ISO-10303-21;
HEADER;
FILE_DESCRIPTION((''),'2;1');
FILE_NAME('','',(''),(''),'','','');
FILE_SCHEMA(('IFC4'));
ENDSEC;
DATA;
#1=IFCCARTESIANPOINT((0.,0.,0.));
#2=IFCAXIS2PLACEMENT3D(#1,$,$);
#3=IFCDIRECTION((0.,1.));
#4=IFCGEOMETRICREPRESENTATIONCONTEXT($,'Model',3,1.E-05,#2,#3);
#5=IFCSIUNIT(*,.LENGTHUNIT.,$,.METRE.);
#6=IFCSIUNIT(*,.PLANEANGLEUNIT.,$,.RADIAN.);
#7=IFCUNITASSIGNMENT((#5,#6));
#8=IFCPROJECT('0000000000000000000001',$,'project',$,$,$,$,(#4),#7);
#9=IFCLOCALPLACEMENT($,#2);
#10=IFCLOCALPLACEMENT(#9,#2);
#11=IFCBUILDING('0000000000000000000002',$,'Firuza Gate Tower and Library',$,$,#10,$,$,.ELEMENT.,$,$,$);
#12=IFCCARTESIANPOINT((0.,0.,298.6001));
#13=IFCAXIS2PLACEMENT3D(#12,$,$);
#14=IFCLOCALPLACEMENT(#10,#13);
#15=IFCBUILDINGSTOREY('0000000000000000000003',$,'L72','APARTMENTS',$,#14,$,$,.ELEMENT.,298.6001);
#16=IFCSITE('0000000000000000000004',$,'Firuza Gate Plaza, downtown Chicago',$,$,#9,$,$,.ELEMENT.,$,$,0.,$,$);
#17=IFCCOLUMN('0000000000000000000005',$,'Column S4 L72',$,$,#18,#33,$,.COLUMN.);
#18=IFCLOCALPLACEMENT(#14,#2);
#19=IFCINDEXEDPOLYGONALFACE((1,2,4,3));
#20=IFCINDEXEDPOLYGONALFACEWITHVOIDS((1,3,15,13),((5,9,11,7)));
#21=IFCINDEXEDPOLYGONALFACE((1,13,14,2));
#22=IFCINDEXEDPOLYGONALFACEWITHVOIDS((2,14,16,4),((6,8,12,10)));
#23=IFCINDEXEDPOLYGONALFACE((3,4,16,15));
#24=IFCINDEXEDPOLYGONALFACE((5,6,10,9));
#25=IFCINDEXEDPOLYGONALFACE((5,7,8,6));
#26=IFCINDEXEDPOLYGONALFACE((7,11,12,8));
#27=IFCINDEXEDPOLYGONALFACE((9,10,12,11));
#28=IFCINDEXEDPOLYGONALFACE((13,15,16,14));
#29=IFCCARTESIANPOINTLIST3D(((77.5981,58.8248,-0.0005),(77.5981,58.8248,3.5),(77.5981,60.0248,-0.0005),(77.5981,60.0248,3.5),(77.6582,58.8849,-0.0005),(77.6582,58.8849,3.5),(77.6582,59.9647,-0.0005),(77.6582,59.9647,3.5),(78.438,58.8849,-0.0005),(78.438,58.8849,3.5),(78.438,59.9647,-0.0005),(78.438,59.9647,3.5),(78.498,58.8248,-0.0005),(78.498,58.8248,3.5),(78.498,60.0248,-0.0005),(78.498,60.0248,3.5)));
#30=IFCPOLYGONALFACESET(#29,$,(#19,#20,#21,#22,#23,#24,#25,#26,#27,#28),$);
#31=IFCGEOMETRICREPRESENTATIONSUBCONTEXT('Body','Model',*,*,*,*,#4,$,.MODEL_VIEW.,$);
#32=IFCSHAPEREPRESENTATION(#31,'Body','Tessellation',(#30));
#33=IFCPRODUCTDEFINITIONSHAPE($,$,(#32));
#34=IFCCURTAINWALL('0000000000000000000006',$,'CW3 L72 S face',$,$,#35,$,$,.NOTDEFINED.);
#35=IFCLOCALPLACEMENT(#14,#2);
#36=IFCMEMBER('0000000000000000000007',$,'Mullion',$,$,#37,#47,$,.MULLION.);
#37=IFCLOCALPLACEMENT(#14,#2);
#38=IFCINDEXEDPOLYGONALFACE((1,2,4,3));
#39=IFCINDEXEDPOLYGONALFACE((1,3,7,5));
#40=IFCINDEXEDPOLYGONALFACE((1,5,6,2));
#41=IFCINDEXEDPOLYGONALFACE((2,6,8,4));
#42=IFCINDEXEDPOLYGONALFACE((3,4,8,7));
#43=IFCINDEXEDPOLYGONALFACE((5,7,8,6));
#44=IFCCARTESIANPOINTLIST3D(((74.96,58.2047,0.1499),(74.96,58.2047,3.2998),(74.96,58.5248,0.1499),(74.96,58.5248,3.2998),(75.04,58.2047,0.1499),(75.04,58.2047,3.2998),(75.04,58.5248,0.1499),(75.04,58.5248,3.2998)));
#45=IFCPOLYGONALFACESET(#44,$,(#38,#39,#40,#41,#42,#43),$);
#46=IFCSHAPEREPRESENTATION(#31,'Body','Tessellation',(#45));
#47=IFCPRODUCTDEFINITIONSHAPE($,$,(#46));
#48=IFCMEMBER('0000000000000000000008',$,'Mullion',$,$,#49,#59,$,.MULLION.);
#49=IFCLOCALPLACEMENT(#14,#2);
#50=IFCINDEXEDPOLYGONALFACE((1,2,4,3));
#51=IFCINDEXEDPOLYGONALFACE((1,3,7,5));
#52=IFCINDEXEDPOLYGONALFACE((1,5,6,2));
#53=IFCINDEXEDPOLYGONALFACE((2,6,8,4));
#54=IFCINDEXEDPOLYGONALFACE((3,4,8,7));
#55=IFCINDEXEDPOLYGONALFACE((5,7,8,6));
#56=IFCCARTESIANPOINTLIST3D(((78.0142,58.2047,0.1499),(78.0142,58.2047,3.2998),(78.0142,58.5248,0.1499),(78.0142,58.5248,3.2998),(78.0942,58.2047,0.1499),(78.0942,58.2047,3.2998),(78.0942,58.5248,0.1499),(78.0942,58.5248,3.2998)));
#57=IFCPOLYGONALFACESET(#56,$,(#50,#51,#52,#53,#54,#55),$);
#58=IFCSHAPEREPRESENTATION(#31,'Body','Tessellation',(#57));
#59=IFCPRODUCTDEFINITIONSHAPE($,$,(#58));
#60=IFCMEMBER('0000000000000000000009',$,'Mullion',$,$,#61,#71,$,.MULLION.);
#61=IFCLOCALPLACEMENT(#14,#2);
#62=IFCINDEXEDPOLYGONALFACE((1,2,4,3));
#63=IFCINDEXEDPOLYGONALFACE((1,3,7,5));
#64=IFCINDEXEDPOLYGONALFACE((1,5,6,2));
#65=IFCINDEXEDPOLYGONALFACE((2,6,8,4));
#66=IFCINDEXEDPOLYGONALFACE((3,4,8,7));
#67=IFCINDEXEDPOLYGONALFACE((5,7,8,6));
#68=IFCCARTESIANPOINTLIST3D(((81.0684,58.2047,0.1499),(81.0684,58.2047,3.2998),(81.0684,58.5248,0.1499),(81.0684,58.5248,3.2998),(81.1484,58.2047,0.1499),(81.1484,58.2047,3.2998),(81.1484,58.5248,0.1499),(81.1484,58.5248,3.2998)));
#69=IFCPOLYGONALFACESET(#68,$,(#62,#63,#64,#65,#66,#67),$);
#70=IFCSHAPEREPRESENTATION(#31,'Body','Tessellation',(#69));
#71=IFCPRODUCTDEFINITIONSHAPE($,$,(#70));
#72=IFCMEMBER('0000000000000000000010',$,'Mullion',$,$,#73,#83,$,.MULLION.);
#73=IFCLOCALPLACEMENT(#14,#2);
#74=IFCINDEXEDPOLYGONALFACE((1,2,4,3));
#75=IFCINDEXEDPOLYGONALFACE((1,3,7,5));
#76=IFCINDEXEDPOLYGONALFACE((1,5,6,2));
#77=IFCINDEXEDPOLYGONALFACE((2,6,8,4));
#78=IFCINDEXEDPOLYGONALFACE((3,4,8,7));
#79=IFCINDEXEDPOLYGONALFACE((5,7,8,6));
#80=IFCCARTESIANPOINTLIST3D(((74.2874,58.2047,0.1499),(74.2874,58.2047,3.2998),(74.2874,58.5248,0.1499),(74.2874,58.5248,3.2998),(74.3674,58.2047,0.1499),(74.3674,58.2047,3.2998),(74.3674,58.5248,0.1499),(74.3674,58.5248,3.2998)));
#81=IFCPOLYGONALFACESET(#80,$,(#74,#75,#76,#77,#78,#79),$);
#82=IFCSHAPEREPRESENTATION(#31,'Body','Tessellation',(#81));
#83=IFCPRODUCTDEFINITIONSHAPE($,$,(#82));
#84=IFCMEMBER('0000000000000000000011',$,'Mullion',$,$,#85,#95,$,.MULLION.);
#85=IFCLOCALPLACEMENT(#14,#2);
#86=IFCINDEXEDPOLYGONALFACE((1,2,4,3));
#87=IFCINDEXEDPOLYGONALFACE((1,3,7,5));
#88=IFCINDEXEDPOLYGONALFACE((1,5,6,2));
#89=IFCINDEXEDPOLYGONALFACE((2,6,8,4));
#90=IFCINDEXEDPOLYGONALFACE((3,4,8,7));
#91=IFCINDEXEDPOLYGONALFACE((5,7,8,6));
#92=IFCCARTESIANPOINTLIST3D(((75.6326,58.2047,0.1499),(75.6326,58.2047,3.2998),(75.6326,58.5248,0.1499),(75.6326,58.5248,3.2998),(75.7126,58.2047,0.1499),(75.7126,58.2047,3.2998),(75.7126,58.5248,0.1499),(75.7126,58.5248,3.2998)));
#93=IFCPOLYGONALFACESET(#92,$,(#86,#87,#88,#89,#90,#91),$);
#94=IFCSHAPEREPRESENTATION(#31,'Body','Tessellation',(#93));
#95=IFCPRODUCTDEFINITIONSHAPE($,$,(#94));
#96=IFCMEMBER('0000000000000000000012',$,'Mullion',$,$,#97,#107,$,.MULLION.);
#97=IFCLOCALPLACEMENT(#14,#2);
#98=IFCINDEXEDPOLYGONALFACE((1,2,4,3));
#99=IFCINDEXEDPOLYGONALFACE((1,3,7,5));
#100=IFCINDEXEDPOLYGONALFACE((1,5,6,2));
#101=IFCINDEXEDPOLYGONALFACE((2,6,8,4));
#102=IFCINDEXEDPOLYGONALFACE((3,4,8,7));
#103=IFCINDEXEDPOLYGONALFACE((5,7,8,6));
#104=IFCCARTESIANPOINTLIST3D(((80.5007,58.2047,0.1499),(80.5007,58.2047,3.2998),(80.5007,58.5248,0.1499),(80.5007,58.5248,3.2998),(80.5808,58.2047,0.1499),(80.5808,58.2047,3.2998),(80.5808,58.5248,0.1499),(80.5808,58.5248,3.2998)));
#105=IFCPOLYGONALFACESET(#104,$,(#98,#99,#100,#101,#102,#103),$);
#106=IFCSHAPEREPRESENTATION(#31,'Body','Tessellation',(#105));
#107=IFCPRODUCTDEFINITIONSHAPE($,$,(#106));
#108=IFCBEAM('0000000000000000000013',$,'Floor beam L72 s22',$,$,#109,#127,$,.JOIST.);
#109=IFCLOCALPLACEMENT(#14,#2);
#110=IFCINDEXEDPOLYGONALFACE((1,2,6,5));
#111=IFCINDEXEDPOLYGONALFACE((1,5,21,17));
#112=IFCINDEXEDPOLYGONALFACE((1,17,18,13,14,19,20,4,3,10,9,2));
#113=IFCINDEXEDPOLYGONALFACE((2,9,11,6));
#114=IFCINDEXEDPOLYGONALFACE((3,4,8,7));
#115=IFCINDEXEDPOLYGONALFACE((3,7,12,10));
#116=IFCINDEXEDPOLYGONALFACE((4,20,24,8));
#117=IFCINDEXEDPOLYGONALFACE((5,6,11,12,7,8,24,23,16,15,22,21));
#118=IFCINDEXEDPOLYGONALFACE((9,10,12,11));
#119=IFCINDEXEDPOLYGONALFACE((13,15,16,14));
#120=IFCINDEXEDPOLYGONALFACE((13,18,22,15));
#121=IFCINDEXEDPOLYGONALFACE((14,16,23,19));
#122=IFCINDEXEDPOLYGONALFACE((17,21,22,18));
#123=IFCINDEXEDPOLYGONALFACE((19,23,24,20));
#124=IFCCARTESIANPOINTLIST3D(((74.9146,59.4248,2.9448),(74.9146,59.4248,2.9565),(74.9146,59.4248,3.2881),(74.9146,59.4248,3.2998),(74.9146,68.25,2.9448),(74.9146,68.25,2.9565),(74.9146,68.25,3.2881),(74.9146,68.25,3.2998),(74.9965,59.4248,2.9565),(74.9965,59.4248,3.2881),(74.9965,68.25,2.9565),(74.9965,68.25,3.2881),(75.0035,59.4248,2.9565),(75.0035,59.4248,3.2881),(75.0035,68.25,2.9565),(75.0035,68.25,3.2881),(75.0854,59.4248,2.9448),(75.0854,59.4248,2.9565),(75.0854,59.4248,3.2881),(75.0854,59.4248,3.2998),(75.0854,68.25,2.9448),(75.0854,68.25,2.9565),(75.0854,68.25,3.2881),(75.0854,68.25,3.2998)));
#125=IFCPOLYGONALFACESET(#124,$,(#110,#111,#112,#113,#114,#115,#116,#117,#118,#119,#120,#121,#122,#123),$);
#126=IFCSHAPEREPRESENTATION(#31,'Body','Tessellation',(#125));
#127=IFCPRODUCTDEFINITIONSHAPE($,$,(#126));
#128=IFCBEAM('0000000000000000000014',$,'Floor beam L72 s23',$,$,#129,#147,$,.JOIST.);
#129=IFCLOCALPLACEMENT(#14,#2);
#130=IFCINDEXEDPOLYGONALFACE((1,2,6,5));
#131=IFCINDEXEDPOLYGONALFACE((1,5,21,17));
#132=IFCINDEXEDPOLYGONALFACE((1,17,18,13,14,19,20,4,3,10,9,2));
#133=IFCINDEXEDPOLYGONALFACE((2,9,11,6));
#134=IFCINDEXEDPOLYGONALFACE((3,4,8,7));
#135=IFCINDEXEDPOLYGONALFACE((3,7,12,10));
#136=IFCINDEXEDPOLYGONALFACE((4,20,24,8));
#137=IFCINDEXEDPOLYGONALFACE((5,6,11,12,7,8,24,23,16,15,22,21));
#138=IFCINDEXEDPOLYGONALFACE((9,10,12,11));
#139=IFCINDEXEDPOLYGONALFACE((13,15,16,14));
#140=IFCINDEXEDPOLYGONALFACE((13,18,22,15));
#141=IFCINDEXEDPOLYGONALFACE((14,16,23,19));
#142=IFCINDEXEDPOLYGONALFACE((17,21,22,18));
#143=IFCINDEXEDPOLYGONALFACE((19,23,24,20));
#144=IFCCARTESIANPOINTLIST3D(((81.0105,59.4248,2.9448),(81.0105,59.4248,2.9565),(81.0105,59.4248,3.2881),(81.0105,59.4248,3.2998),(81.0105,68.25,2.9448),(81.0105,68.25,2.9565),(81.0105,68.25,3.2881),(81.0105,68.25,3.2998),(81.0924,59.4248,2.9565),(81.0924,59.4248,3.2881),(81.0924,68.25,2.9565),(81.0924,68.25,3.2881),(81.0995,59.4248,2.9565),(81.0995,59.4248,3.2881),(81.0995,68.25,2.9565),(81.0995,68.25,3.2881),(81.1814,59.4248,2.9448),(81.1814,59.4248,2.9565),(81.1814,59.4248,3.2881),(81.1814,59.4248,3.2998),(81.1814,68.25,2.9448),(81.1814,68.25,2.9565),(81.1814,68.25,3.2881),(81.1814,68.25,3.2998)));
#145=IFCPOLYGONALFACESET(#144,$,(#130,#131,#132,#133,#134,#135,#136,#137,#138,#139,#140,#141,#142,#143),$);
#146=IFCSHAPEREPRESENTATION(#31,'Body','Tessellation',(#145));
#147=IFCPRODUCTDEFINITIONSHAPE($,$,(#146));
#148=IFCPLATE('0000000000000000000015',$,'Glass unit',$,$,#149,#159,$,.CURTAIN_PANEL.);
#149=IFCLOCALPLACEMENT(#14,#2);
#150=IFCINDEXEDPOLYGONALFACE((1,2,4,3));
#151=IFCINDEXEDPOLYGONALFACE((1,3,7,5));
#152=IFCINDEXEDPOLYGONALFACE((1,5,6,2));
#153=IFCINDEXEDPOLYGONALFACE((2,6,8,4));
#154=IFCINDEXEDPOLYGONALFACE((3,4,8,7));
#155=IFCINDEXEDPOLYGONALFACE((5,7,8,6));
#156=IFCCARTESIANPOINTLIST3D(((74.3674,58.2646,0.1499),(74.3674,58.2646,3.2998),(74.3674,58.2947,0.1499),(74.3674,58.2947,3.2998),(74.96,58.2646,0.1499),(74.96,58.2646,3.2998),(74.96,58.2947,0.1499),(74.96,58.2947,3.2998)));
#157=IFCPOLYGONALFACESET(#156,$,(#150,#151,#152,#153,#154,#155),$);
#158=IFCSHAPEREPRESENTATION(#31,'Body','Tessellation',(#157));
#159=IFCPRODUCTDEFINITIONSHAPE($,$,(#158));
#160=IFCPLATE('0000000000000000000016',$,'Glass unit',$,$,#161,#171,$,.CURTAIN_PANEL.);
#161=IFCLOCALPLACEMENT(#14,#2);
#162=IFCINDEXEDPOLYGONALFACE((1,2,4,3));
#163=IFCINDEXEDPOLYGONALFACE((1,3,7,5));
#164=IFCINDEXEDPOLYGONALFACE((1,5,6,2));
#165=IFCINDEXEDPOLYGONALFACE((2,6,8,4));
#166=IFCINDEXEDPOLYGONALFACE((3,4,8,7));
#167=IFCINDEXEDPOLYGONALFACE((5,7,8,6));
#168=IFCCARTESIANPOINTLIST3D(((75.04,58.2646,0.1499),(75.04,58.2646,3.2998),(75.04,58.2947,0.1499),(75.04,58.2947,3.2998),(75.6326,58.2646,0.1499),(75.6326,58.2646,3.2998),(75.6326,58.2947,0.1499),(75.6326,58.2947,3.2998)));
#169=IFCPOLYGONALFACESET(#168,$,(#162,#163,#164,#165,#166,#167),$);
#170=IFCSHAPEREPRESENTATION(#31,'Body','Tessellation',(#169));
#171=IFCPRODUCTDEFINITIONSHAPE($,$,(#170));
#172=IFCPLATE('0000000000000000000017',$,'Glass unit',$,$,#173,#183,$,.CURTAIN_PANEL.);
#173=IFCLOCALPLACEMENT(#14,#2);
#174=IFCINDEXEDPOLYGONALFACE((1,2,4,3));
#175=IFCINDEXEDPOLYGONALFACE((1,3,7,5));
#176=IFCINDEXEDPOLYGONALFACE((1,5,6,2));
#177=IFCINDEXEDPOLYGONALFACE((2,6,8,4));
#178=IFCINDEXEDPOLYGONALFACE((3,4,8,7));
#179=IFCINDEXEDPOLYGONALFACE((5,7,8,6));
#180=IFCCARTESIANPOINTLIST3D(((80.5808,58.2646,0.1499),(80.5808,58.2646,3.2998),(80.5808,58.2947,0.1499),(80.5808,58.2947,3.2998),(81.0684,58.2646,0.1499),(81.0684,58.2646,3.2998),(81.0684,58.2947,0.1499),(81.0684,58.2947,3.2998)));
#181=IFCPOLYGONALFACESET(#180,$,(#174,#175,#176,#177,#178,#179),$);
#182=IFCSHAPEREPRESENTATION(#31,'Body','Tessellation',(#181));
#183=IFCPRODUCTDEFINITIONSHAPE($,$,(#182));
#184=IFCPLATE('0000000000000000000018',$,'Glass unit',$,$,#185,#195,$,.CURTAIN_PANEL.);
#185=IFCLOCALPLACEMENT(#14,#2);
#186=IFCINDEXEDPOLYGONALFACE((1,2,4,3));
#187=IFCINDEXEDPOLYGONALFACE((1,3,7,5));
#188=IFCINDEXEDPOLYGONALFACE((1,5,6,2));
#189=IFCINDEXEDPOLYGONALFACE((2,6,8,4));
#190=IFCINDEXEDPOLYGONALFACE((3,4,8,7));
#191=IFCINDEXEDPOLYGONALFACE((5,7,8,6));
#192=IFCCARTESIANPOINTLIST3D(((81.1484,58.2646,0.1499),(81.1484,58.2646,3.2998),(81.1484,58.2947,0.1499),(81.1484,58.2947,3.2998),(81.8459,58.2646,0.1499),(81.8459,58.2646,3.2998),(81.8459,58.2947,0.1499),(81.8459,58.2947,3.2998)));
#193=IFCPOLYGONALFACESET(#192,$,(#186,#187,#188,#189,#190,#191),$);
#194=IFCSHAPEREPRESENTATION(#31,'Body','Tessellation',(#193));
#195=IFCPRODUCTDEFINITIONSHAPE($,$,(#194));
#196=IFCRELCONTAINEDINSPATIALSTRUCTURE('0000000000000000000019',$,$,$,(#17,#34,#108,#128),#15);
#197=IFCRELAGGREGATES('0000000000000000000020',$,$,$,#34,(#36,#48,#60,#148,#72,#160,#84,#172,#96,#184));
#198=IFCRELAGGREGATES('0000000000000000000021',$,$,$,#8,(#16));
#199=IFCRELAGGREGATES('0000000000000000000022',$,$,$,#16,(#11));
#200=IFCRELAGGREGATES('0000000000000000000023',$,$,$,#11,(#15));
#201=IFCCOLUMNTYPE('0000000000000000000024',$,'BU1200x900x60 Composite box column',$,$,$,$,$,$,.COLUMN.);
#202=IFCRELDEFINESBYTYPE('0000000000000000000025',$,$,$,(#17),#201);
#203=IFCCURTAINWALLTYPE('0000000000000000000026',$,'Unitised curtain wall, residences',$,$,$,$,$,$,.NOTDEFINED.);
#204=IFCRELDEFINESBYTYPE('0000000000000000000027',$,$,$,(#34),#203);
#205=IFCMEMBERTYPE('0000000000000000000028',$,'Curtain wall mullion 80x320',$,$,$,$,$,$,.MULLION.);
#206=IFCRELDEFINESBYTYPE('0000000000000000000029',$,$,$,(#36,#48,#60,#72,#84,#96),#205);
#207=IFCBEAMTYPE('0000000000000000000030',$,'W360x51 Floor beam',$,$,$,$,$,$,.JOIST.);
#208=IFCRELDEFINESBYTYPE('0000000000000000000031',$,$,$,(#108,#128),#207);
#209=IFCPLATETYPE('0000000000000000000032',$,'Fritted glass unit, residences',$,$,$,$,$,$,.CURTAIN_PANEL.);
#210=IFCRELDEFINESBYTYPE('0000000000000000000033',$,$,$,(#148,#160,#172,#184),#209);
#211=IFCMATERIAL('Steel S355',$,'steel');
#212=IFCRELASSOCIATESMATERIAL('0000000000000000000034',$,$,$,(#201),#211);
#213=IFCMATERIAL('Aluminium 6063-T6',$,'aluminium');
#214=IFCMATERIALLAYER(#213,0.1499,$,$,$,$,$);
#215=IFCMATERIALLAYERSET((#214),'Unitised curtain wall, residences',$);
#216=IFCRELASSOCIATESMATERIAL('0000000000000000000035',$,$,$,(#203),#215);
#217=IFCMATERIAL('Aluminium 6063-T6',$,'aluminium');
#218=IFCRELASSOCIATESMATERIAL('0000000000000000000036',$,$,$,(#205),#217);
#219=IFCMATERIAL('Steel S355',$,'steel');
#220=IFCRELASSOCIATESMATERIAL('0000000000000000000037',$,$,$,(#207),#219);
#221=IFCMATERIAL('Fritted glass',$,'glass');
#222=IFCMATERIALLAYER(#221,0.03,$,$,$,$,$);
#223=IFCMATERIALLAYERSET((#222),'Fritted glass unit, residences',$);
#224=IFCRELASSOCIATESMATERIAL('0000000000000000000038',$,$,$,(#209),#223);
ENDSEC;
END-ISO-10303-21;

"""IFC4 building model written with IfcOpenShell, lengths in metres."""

from ifc_helpers import new_model, si_unit, direction, frame, origin, origin_2d, place, context, subcontext, project, spatial, polyline, rectangle, hollow_rectangle, i_section, outline, extrude, material, layer, layer_set, material_profile, profile_set, type_object, element, aggregate, save


model = new_model("IFC4")

# Units and contexts
model_context = context("Model", 3, precision=1e-05, world=origin(), true_north=direction((0.0, 1.0)))
body_context = subcontext(model_context, "Body", "Model", "MODEL_VIEW")
ifc_project = project(units=[si_unit("LENGTHUNIT", "METRE"), si_unit("PLANEANGLEUNIT", "RADIAN")], contexts=[model_context])

# Site, building, storey
site_placement = place(None, origin())
site = spatial("IfcSite", under=ifc_project, at=site_placement, Name="Firuza Gate Plaza, downtown Chicago", CompositionType="ELEMENT", RefElevation=0.0)
building_placement = place(site_placement, origin())
building = spatial("IfcBuilding", under=site, at=building_placement, Name="Firuza Gate Tower and Library", CompositionType="ELEMENT")
storey_placement = place(building_placement, frame((0.0, 0.0, 298.6001)))
storey = spatial("IfcBuildingStorey", under=building, at=storey_placement, Name="L72", Description="APARTMENTS", CompositionType="ELEMENT", Elevation=298.6001)

# Column
ifc_material_1 = material(Name="Steel S355", Category="steel")
ifc_material_profile_1 = material_profile(ifc_material_1, hollow_rectangle(XDim=0.8999, YDim=1.2, WallThickness=0.0601, at=origin_2d()))
ifc_profile_set_1 = profile_set([ifc_material_profile_1], Name="Steel S355")
column_type = type_object("IfcColumnType", Name="BU1200x900x60 Composite box column", PredefinedType="COLUMN", material=ifc_profile_set_1)
column_placement = place(storey_placement, frame((78.0481, 59.4248, -0.0005), z_axis=(0.0, 0.0, 1.0), x_axis=(1.0, 0.0, 0.0)))
element("IfcColumn", 1, at=column_placement, inside=storey, type_object=column_type, Name="Column S4 L72", PredefinedType="COLUMN", context=body_context, shape_type="SweptSolid", body=[
    extrude(hollow_rectangle(XDim=0.8999, YDim=1.2, WallThickness=0.0601, at=origin_2d()), origin(), (0.0, 0.0, 1.0), 3.5005),
])

# Curtain wall, members
ifc_material_2 = material(Name="Aluminium 6063-T6", Category="aluminium")
ifc_layer_1 = layer(ifc_material_2, 0.1499)
ifc_layer_set_1 = layer_set([ifc_layer_1], Name="Unitised curtain wall, residences")
curtain_wall_type = type_object("IfcCurtainWallType", Name="Unitised curtain wall, residences", PredefinedType="NOTDEFINED", material=ifc_layer_set_1)
curtain_wall_placement = place(storey_placement, origin())
curtain_wall = element("IfcCurtainWall", 2, at=curtain_wall_placement, inside=storey, type_object=curtain_wall_type, Name="CW3 L72 S face", PredefinedType="NOTDEFINED")
ifc_material_3 = material(Name="Aluminium 6063-T6", Category="aluminium")
ifc_material_profile_2 = material_profile(ifc_material_3, rectangle(XDim=0.3201, YDim=0.0801, at=origin_2d()))
ifc_profile_set_2 = profile_set([ifc_material_profile_2], Name="Aluminium 6063-T6")
member_type = type_object("IfcMemberType", Name="Curtain wall mullion 80x320", PredefinedType="MULLION", material=ifc_profile_set_2)
member_1_placement = place(storey_placement, frame((75.0, 58.3647, 0.1499), z_axis=(0.0, 0.0, 1.0), x_axis=(0.0, 1.0, 0.0)))
member_1 = element("IfcMember", 3, at=member_1_placement, type_object=member_type, Name="Mullion", PredefinedType="MULLION", context=body_context, shape_type="SweptSolid", body=[
    extrude(rectangle(XDim=0.3201, YDim=0.0801, at=origin_2d()), origin(), (0.0, 0.0, 1.0), 3.1499),
])
member_2_placement = place(storey_placement, frame((78.0542, 58.3647, 0.1499), z_axis=(0.0, 0.0, 1.0), x_axis=(0.0, 1.0, 0.0)))
member_2 = element("IfcMember", 4, at=member_2_placement, type_object=member_type, Name="Mullion", PredefinedType="MULLION", context=body_context, shape_type="SweptSolid", body=[
    extrude(rectangle(XDim=0.3201, YDim=0.0801, at=origin_2d()), origin(), (0.0, 0.0, 1.0), 3.1499),
])
member_3_placement = place(storey_placement, frame((81.1084, 58.3647, 0.1499), z_axis=(0.0, 0.0, 1.0), x_axis=(0.0, 1.0, 0.0)))
member_3 = element("IfcMember", 5, at=member_3_placement, type_object=member_type, Name="Mullion", PredefinedType="MULLION", context=body_context, shape_type="SweptSolid", body=[
    extrude(rectangle(XDim=0.3201, YDim=0.0801, at=origin_2d()), origin(), (0.0, 0.0, 1.0), 3.1499),
])
member_4_placement = place(storey_placement, frame((74.3274, 58.3647, 0.1499), z_axis=(0.0, 0.0, 1.0), x_axis=(0.0, 1.0, 0.0)))
member_4 = element("IfcMember", 6, at=member_4_placement, type_object=member_type, Name="Mullion", PredefinedType="MULLION", context=body_context, shape_type="SweptSolid", body=[
    extrude(rectangle(XDim=0.3201, YDim=0.0801, at=origin_2d()), origin(), (0.0, 0.0, 1.0), 3.1499),
])
member_5_placement = place(storey_placement, frame((75.6726, 58.3647, 0.1499), z_axis=(0.0, 0.0, 1.0), x_axis=(0.0, 1.0, 0.0)))
member_5 = element("IfcMember", 7, at=member_5_placement, type_object=member_type, Name="Mullion", PredefinedType="MULLION", context=body_context, shape_type="SweptSolid", body=[
    extrude(rectangle(XDim=0.3201, YDim=0.0801, at=origin_2d()), origin(), (0.0, 0.0, 1.0), 3.1499),
])
member_6_placement = place(storey_placement, frame((80.5408, 58.3647, 0.1499), z_axis=(0.0, 0.0, 1.0), x_axis=(0.0, 1.0, 0.0)))
member_6 = element("IfcMember", 8, at=member_6_placement, type_object=member_type, Name="Mullion", PredefinedType="MULLION", context=body_context, shape_type="SweptSolid", body=[
    extrude(rectangle(XDim=0.3201, YDim=0.0801, at=origin_2d()), origin(), (0.0, 0.0, 1.0), 3.1499),
])

# Beams
ifc_material_4 = material(Name="Steel S355", Category="steel")
ifc_material_profile_3 = material_profile(ifc_material_4, i_section(OverallWidth=0.1709, OverallDepth=0.355, WebThickness=0.0071, FlangeThickness=0.0117, at=origin_2d()))
ifc_profile_set_3 = profile_set([ifc_material_profile_3], Name="Steel S355")
beam_type = type_object("IfcBeamType", Name="W360x51 Floor beam", PredefinedType="JOIST", material=ifc_profile_set_3)
for number, where, z_axis, x_axis, name in (
    (9, (75.0, 59.4248, 3.1223), (0.0, 1.0, 0.0), (-1.0, 0.0, 0.0), "Floor beam L72 s22"),
    (10, (81.0959, 59.4248, 3.1223), (0.0, 1.0, 0.0), (-1.0, 0.0, 0.0), "Floor beam L72 s23"),
):
    element("IfcBeam", number, at=place(storey_placement, frame(where, z_axis=z_axis, x_axis=x_axis)), inside=storey, type_object=beam_type, Name=name, PredefinedType="JOIST", context=body_context, shape_type="SweptSolid", body=[
        extrude(i_section(OverallWidth=0.1709, OverallDepth=0.355, WebThickness=0.0071, FlangeThickness=0.0117, at=origin_2d()), origin(), (0.0, 0.0, 1.0), 8.8252),
    ])

# Plates
ifc_material_5 = material(Name="Fritted glass", Category="glass")
ifc_layer_2 = layer(ifc_material_5, 0.03)
ifc_layer_set_2 = layer_set([ifc_layer_2], Name="Fritted glass unit, residences")
plate_type_1 = type_object("IfcPlateType", Name="Fritted glass unit, residences", PredefinedType="CURTAIN_PANEL", material=ifc_layer_set_2)
plate_1_placement = place(storey_placement, frame((74.3674, 58.2646, 0.1499), z_axis=(0.0, -1.0, 0.0), x_axis=(1.0, 0.0, 0.0)))
plate_1 = element("IfcPlate", 11, at=plate_1_placement, type_object=plate_type_1, Name="Glass unit", PredefinedType="CURTAIN_PANEL", context=body_context, shape_type="SweptSolid", body=[
    extrude(outline(polyline([(0.0, 0.0), (0.5925, 0.0), (0.5925, 3.1499), (0.0, 3.1499), (0.0, 0.0)])), origin(), (0.0, 0.0, -1.0), 0.03),
])
plate_2_placement = place(storey_placement, frame((75.04, 58.2646, 0.1499), z_axis=(0.0, -1.0, 0.0), x_axis=(1.0, 0.0, 0.0)))
plate_2 = element("IfcPlate", 12, at=plate_2_placement, type_object=plate_type_1, Name="Glass unit", PredefinedType="CURTAIN_PANEL", context=body_context, shape_type="SweptSolid", body=[
    extrude(outline(polyline([(0.0, 0.0), (0.5925, 0.0), (0.5925, 3.1499), (0.0, 3.1499), (0.0, 0.0)])), origin(), (0.0, 0.0, -1.0), 0.03),
])
plate_3_placement = place(storey_placement, frame((80.5808, 58.2646, 0.1499), z_axis=(0.0, -1.0, 0.0), x_axis=(1.0, 0.0, 0.0)))
plate_3 = element("IfcPlate", 13, at=plate_3_placement, type_object=plate_type_1, Name="Glass unit", PredefinedType="CURTAIN_PANEL", context=body_context, shape_type="SweptSolid", body=[
    extrude(outline(polyline([(0.0, 0.0), (0.4875, 0.0), (0.4875, 3.1499), (0.0, 3.1499), (0.0, 0.0)])), origin(), (0.0, 0.0, -1.0), 0.03),
])
plate_4_placement = place(storey_placement, frame((81.1484, 58.2646, 0.1499), z_axis=(0.0, -1.0, 0.0), x_axis=(1.0, 0.0, 0.0)))
plate_4 = element("IfcPlate", 14, at=plate_4_placement, type_object=plate_type_1, Name="Glass unit", PredefinedType="CURTAIN_PANEL", context=body_context, shape_type="SweptSolid", body=[
    extrude(outline(polyline([(0.0, 0.0), (0.6975, 0.0), (0.6975, 3.1499), (0.0, 3.1499), (0.0, 0.0)])), origin(), (0.0, 0.0, -1.0), 0.03),
])
aggregate(curtain_wall, [member_1, member_2, member_3, plate_1, member_4, plate_2, member_5, plate_3, member_6, plate_4])

save(model, "model.ifc")
